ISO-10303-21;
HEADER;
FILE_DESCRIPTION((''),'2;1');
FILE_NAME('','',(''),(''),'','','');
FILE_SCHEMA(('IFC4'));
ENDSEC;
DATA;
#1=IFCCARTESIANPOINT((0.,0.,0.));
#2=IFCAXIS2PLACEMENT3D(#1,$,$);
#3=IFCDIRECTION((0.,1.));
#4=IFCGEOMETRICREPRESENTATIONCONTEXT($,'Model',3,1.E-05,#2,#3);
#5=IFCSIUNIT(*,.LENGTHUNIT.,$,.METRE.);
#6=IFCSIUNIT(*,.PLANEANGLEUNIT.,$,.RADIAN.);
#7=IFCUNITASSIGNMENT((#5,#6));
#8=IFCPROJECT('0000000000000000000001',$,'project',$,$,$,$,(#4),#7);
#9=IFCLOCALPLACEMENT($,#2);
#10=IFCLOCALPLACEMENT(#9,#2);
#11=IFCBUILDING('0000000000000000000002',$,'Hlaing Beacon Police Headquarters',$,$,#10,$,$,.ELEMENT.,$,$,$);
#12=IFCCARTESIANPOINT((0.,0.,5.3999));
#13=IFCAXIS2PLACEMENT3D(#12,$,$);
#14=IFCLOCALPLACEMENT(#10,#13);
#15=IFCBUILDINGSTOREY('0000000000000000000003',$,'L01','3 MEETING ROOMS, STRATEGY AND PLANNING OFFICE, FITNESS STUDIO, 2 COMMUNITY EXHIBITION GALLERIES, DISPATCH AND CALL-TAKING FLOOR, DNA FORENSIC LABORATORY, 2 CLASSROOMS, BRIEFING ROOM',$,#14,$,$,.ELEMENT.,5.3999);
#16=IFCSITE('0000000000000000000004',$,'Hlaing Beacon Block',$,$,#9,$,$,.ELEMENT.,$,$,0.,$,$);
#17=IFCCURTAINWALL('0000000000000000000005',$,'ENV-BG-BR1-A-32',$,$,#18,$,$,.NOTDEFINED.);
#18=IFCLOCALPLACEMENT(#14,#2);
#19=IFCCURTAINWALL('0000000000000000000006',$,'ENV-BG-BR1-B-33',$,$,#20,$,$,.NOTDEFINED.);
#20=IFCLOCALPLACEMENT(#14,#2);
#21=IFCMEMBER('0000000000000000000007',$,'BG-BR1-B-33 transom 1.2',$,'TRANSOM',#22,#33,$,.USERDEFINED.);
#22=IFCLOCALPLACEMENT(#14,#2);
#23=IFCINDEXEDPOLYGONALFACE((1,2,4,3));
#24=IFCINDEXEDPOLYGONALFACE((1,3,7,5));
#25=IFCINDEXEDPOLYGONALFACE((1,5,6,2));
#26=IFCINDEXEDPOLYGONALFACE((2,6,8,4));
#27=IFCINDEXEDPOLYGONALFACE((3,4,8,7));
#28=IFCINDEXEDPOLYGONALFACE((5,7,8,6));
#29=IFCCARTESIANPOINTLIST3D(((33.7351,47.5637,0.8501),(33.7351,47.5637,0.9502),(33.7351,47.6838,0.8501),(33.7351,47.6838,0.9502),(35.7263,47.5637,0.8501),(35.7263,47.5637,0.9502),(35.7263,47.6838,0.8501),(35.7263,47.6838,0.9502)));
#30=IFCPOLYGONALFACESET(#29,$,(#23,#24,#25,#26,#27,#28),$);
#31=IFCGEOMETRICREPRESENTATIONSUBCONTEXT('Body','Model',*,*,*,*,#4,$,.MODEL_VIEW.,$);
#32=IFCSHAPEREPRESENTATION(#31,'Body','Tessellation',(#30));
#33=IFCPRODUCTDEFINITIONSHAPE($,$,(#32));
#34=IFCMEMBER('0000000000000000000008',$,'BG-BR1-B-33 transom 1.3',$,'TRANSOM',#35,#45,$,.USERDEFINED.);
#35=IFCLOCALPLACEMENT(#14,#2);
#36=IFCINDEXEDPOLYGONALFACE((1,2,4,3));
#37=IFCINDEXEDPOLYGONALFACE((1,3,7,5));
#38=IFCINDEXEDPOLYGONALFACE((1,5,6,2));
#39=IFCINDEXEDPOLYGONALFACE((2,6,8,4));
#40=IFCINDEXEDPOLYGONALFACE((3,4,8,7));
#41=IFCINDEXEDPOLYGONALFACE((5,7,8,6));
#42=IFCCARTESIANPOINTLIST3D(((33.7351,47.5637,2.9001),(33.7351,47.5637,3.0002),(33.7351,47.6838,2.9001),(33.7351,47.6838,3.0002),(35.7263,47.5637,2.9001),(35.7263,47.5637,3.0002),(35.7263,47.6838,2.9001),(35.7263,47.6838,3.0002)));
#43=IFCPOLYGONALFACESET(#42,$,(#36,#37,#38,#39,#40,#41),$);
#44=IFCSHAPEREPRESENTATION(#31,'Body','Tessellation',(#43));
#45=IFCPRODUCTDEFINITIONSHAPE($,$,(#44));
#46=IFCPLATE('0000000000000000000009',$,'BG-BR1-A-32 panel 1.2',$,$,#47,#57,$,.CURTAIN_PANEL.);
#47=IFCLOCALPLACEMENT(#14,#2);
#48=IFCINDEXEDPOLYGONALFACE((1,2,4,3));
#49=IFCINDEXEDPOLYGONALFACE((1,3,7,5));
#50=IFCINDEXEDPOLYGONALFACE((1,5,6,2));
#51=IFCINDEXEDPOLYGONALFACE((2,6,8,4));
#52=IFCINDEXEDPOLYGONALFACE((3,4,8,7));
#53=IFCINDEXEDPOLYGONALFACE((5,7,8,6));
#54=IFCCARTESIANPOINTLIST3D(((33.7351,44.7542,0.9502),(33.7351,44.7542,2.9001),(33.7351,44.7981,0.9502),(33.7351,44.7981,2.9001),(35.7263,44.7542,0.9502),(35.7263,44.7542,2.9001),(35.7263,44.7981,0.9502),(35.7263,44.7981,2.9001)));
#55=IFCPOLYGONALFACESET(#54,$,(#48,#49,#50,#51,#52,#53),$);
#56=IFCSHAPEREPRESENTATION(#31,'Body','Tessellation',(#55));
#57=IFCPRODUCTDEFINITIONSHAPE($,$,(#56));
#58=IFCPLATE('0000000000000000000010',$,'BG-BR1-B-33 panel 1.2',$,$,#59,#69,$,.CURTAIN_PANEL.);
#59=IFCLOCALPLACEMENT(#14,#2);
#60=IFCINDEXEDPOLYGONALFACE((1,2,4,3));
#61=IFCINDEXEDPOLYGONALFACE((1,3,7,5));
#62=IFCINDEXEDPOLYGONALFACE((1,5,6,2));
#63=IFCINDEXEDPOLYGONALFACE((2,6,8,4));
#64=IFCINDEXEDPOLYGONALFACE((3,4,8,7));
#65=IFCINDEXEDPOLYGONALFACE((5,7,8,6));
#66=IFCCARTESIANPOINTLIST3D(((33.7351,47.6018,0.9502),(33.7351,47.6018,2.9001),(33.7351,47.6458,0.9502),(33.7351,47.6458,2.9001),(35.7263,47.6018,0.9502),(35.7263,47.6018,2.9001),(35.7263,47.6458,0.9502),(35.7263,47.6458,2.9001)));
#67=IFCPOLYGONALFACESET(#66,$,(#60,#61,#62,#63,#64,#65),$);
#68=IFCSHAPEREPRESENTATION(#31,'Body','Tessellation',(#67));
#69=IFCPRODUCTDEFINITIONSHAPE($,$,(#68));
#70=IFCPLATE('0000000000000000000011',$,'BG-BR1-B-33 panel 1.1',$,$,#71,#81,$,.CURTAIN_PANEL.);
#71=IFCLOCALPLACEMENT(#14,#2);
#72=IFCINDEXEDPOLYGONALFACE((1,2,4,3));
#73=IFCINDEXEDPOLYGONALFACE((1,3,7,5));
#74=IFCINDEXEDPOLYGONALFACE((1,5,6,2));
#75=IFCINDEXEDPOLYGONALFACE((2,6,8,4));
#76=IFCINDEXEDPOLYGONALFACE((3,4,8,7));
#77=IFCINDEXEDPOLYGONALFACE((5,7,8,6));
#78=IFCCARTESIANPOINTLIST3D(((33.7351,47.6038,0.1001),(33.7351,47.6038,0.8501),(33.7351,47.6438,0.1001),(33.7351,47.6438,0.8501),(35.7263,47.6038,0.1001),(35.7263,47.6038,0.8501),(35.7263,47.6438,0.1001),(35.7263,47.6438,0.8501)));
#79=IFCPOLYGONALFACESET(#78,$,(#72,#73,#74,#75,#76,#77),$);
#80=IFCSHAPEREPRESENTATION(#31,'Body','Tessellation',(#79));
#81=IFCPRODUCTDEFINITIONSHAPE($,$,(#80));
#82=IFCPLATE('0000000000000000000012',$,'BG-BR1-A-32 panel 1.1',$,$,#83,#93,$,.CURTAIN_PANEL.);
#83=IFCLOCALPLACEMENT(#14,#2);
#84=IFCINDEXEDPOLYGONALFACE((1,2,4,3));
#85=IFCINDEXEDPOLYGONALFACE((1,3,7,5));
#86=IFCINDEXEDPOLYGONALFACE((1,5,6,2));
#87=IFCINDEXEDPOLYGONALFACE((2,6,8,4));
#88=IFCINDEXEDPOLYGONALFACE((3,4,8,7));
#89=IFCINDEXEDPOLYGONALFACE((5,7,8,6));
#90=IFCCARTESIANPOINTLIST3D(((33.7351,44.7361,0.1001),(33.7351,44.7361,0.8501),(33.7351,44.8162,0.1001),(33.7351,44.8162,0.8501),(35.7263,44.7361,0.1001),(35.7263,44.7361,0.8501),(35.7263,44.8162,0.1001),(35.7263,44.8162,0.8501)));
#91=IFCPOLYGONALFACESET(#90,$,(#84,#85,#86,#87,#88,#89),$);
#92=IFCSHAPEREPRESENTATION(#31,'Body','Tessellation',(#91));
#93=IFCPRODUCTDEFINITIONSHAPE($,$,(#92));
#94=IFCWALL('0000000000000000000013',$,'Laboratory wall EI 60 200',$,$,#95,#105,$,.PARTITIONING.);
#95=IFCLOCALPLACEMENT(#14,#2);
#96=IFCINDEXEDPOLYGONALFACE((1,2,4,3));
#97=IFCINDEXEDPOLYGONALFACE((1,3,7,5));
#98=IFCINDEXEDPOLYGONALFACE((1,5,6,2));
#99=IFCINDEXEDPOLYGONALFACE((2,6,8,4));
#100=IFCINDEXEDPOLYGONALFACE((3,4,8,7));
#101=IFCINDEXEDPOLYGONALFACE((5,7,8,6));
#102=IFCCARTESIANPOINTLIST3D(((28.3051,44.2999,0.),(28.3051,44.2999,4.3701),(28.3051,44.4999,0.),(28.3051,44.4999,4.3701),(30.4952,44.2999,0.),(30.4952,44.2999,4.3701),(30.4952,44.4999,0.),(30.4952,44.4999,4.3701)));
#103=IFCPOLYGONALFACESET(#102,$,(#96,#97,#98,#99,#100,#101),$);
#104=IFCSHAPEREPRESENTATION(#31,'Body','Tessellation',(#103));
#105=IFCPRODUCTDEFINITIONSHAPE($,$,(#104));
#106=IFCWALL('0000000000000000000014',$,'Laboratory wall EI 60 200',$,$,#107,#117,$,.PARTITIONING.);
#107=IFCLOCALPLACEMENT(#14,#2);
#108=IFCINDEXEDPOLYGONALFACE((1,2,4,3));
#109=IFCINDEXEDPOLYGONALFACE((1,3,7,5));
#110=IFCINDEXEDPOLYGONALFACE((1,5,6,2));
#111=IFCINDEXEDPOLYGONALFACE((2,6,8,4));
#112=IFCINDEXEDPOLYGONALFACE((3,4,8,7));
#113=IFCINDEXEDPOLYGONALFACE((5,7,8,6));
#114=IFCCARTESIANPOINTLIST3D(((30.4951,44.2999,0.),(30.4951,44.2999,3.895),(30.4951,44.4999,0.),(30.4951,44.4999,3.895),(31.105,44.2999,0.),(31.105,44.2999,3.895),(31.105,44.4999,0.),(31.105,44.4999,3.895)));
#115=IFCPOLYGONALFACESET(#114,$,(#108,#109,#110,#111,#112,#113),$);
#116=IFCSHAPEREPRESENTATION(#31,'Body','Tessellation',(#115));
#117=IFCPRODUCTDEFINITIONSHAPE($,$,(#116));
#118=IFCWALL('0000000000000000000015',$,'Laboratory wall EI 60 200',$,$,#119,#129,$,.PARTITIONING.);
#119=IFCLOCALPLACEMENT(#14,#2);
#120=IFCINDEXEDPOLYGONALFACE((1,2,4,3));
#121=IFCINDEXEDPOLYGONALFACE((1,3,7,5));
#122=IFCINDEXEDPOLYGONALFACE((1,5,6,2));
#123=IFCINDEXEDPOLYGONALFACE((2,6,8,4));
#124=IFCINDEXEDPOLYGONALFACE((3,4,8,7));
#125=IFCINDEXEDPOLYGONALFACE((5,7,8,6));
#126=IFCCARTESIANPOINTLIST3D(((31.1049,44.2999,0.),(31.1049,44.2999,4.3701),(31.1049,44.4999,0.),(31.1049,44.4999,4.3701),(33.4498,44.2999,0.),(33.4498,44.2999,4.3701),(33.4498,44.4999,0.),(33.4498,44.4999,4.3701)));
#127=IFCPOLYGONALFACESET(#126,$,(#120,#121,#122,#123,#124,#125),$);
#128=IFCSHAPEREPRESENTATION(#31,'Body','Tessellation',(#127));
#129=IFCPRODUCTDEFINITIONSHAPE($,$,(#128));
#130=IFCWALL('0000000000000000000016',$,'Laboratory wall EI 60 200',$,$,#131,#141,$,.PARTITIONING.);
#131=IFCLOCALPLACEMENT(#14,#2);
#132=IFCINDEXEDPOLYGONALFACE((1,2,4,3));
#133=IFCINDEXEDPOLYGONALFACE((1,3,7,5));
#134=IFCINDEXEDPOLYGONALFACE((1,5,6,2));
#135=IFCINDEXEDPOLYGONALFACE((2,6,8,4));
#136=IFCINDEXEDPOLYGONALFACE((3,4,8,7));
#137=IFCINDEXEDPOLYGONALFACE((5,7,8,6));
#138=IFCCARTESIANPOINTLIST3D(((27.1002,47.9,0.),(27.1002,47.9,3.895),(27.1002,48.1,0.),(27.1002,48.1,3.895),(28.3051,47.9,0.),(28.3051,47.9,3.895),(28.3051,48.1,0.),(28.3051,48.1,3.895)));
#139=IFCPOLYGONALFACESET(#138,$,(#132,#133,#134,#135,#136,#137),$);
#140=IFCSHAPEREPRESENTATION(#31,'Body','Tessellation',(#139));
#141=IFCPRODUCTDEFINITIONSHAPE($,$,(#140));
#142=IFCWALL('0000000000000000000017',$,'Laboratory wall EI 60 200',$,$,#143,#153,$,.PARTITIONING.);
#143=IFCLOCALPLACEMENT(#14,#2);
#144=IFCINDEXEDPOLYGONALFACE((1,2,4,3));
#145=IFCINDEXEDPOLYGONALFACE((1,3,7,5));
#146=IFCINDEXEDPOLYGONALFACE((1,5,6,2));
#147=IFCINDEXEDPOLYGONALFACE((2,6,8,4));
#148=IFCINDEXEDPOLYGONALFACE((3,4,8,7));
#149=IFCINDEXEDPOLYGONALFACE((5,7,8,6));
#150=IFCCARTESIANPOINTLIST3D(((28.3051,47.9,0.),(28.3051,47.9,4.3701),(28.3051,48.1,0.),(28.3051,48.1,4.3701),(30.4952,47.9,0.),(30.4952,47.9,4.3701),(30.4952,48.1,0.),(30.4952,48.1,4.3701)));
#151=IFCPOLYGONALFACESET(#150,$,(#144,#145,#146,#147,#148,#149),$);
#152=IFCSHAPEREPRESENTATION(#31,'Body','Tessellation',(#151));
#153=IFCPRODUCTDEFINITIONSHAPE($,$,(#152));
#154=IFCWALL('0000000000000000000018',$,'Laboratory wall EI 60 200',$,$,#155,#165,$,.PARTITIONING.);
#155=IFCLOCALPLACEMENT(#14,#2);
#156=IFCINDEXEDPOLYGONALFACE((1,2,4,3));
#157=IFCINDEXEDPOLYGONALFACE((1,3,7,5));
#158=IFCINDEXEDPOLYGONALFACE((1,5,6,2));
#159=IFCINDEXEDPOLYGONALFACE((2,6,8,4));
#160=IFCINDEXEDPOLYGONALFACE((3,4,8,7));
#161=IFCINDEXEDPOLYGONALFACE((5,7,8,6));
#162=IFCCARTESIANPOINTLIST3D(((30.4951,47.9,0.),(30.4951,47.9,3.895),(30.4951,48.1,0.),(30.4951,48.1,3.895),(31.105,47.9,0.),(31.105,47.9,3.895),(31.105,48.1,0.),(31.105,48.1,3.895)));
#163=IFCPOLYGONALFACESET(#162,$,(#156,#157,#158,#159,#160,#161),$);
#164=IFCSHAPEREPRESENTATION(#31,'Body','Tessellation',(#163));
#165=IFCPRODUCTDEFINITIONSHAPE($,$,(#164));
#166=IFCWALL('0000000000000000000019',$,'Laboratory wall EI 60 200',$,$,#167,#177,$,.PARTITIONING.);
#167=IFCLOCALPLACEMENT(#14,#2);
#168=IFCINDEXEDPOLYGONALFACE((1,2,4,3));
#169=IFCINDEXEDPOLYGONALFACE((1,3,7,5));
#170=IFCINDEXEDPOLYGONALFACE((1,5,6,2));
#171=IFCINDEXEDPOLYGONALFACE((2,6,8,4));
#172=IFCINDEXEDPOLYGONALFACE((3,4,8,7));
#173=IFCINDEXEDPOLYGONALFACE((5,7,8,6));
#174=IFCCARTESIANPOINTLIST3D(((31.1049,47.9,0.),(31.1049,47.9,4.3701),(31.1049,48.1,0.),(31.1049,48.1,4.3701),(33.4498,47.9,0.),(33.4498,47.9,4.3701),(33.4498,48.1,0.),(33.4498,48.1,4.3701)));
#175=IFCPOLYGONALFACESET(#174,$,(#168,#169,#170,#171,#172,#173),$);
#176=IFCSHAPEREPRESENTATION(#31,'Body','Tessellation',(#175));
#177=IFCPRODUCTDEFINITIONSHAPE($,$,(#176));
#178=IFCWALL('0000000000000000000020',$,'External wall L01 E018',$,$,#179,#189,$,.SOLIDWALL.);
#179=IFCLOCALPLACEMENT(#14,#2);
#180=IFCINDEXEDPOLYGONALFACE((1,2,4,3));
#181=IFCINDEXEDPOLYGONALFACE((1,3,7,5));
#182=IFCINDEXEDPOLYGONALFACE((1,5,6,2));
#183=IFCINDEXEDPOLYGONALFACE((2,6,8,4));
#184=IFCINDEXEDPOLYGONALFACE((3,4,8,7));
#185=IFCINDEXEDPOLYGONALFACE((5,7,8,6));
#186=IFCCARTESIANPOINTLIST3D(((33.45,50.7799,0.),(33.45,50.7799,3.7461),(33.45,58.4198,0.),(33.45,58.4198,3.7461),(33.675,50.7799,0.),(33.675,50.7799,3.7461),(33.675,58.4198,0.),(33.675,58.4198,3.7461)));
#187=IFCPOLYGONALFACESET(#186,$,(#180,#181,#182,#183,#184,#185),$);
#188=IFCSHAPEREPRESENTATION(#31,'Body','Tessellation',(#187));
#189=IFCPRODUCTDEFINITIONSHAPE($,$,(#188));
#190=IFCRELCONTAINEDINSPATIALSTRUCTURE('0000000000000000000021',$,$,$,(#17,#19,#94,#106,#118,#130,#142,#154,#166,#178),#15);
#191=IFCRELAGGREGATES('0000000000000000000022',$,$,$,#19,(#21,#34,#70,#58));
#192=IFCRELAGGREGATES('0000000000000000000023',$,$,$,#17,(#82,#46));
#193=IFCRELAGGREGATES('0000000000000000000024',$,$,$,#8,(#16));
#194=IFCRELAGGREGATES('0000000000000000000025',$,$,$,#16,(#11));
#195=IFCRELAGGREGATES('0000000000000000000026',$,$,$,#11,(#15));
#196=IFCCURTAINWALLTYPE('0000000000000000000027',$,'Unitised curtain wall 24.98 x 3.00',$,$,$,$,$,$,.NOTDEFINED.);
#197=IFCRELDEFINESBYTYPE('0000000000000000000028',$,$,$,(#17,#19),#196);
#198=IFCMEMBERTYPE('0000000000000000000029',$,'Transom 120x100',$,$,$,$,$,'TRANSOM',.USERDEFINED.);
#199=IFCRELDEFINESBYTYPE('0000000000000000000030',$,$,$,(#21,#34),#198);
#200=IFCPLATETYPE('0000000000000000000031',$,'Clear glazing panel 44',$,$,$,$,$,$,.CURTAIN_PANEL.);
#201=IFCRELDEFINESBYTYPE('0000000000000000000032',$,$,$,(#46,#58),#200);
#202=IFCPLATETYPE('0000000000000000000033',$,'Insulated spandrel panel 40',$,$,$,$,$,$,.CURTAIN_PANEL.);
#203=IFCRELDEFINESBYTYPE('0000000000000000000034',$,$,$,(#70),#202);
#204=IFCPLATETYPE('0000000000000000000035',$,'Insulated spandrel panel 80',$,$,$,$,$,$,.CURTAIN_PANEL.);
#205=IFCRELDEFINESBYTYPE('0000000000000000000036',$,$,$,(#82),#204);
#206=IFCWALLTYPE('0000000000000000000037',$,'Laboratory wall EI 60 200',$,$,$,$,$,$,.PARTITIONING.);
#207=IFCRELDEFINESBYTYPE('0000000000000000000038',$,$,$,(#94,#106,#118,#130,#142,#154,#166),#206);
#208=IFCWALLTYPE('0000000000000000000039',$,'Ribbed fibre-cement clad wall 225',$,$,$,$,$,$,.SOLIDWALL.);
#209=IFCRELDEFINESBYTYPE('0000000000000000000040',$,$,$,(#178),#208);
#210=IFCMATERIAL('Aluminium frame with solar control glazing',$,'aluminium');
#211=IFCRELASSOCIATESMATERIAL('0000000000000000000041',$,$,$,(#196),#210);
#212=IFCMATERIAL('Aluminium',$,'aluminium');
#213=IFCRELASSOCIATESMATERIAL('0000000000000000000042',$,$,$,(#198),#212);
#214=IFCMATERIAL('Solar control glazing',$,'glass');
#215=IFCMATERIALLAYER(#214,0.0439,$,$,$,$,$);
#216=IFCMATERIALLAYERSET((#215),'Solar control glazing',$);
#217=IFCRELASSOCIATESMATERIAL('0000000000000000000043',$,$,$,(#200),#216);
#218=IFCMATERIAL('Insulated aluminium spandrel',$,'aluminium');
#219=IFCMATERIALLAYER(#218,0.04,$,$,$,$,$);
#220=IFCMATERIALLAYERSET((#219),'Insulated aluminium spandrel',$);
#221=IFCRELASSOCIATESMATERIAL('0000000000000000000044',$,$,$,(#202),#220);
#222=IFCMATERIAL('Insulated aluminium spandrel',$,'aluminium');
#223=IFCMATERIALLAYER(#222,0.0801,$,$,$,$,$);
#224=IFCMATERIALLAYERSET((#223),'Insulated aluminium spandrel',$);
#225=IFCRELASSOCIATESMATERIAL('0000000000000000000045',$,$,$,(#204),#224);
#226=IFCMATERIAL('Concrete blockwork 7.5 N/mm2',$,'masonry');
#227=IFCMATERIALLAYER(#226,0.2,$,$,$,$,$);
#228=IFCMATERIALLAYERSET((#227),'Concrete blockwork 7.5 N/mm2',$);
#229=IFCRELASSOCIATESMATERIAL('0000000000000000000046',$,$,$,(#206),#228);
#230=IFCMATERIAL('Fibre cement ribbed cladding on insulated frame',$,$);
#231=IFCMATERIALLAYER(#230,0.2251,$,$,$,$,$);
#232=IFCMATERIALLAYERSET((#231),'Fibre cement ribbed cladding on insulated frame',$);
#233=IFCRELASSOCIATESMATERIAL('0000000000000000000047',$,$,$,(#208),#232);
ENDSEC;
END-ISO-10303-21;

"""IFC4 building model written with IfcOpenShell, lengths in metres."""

from ifc_helpers import new_model, si_unit, direction, frame, frame_2d, origin, origin_2d, place, context, subcontext, project, spatial, rectangle, extrude, material, layer, layer_set, material_profile, profile_set, type_object, element, aggregate, save


model = new_model("IFC4")

# Units and contexts
model_context = context("Model", 3, precision=1e-05, world=origin(), true_north=direction((0.0, 1.0)))
body_context = subcontext(model_context, "Body", "Model", "MODEL_VIEW")
ifc_project = project(units=[si_unit("LENGTHUNIT", "METRE"), si_unit("PLANEANGLEUNIT", "RADIAN")], contexts=[model_context])

# Site, building, storey
site_placement = place(None, origin())
site = spatial("IfcSite", under=ifc_project, at=site_placement, Name="Hlaing Beacon Block", CompositionType="ELEMENT", RefElevation=0.0)
building_placement = place(site_placement, origin())
building = spatial("IfcBuilding", under=site, at=building_placement, Name="Hlaing Beacon Police Headquarters", CompositionType="ELEMENT")
storey_placement = place(building_placement, frame((0.0, 0.0, 5.3999)))
storey = spatial("IfcBuildingStorey", under=building, at=storey_placement, Name="L01", Description="3 MEETING ROOMS, STRATEGY AND PLANNING OFFICE, FITNESS STUDIO, 2 COMMUNITY EXHIBITION GALLERIES, DISPATCH AND CALL-TAKING FLOOR, DNA FORENSIC LABORATORY, 2 CLASSROOMS, BRIEFING ROOM", CompositionType="ELEMENT", Elevation=5.3999)

# Curtain wall
ifc_material_1 = material(Name="Aluminium frame with solar control glazing", Category="aluminium")
curtain_wall_type = type_object("IfcCurtainWallType", Name="Unitised curtain wall 24.98 x 3.00", PredefinedType="NOTDEFINED", material=ifc_material_1)
curtain_wall_1_placement = place(storey_placement, origin())
curtain_wall_1 = element("IfcCurtainWall", 1, at=curtain_wall_1_placement, inside=storey, type_object=curtain_wall_type, Name="ENV-BG-BR1-A-32", PredefinedType="NOTDEFINED")

# Curtain wall
curtain_wall_2_placement = place(storey_placement, origin())
curtain_wall_2 = element("IfcCurtainWall", 2, at=curtain_wall_2_placement, inside=storey, type_object=curtain_wall_type, Name="ENV-BG-BR1-B-33", PredefinedType="NOTDEFINED")

# Members
ifc_material_2 = material(Name="Aluminium", Category="aluminium")
ifc_material_profile_1 = material_profile(ifc_material_2, rectangle(XDim=0.1201, YDim=0.1001, at=origin_2d()), Name="Transom 120x100")
ifc_profile_set_1 = profile_set([ifc_material_profile_1], Name="Aluminium")
member_type_1 = type_object("IfcMemberType", Name="Transom 120x100", ElementType="TRANSOM", PredefinedType="USERDEFINED", material=ifc_profile_set_1)
member_1_placement = place(storey_placement, frame((33.7351, 47.6238, 0.9001), z_axis=(1.0, 0.0, 0.0), x_axis=(0.0, 1.0, 0.0)))
member_1 = element("IfcMember", 3, at=member_1_placement, type_object=member_type_1, Name="BG-BR1-B-33 transom 1.2", ObjectType="TRANSOM", PredefinedType="USERDEFINED", context=body_context, shape_type="SweptSolid", body=[
    extrude(rectangle(XDim=0.1201, YDim=0.1001, at=origin_2d()), origin(), (0.0, 0.0, 1.0), 1.9912),
])
member_2_placement = place(storey_placement, frame((33.7351, 47.6238, 2.9502), z_axis=(1.0, 0.0, 0.0), x_axis=(0.0, 1.0, 0.0)))
member_2 = element("IfcMember", 4, at=member_2_placement, type_object=member_type_1, Name="BG-BR1-B-33 transom 1.3", ObjectType="TRANSOM", PredefinedType="USERDEFINED", context=body_context, shape_type="SweptSolid", body=[
    extrude(rectangle(XDim=0.1201, YDim=0.1001, at=origin_2d()), origin(), (0.0, 0.0, 1.0), 1.9912),
])

# Plates
ifc_material_3 = material(Name="Solar control glazing", Category="glass")
ifc_layer_1 = layer(ifc_material_3, 0.0439)
ifc_layer_set_1 = layer_set([ifc_layer_1], Name="Solar control glazing")
plate_type_1 = type_object("IfcPlateType", Name="Clear glazing panel 44", PredefinedType="CURTAIN_PANEL", material=ifc_layer_set_1)
plate_1_placement = place(storey_placement, frame((34.7307, 44.7761, 0.9502), z_axis=(0.0, 0.0, 1.0), x_axis=(1.0, 0.0, 0.0)))
plate_1 = element("IfcPlate", 5, at=plate_1_placement, type_object=plate_type_1, Name="BG-BR1-A-32 panel 1.2", PredefinedType="CURTAIN_PANEL", context=body_context, shape_type="SweptSolid", body=[
    extrude(rectangle(XDim=1.9912, YDim=0.0439, at=origin_2d()), origin(), (0.0, 0.0, 1.0), 1.95),
])
plate_2_placement = place(storey_placement, frame((34.7307, 47.6238, 0.9502), z_axis=(0.0, 0.0, 1.0), x_axis=(1.0, 0.0, 0.0)))
plate_2 = element("IfcPlate", 6, at=plate_2_placement, type_object=plate_type_1, Name="BG-BR1-B-33 panel 1.2", PredefinedType="CURTAIN_PANEL", context=body_context, shape_type="SweptSolid", body=[
    extrude(rectangle(XDim=1.9912, YDim=0.0439, at=origin_2d()), origin(), (0.0, 0.0, 1.0), 1.95),
])
ifc_material_4 = material(Name="Insulated aluminium spandrel", Category="aluminium")
ifc_layer_2 = layer(ifc_material_4, 0.04)
ifc_layer_set_2 = layer_set([ifc_layer_2], Name="Insulated aluminium spandrel")
plate_type_2 = type_object("IfcPlateType", Name="Insulated spandrel panel 40", PredefinedType="CURTAIN_PANEL", material=ifc_layer_set_2)
plate_3_placement = place(storey_placement, frame((34.7307, 47.6238, 0.1001), z_axis=(0.0, 0.0, 1.0), x_axis=(1.0, 0.0, 0.0)))
plate_3 = element("IfcPlate", 7, at=plate_3_placement, type_object=plate_type_2, Name="BG-BR1-B-33 panel 1.1", PredefinedType="CURTAIN_PANEL", context=body_context, shape_type="SweptSolid", body=[
    extrude(rectangle(XDim=1.9912, YDim=0.04, at=origin_2d()), origin(), (0.0, 0.0, 1.0), 0.75),
])
aggregate(curtain_wall_2, [member_1, member_2, plate_3, plate_2])
ifc_material_5 = material(Name="Insulated aluminium spandrel", Category="aluminium")
ifc_layer_3 = layer(ifc_material_5, 0.0801)
ifc_layer_set_3 = layer_set([ifc_layer_3], Name="Insulated aluminium spandrel")
plate_type_3 = type_object("IfcPlateType", Name="Insulated spandrel panel 80", PredefinedType="CURTAIN_PANEL", material=ifc_layer_set_3)
plate_4_placement = place(storey_placement, frame((34.7307, 44.7761, 0.1001), z_axis=(0.0, 0.0, 1.0), x_axis=(1.0, 0.0, 0.0)))
plate_4 = element("IfcPlate", 8, at=plate_4_placement, type_object=plate_type_3, Name="BG-BR1-A-32 panel 1.1", PredefinedType="CURTAIN_PANEL", context=body_context, shape_type="SweptSolid", body=[
    extrude(rectangle(XDim=1.9912, YDim=0.0801, at=origin_2d()), origin(), (0.0, 0.0, 1.0), 0.75),
])
aggregate(curtain_wall_1, [plate_4, plate_1])

# Walls
ifc_material_6 = material(Name="Concrete blockwork 7.5 N/mm2", Category="masonry")
ifc_layer_4 = layer(ifc_material_6, 0.2)
ifc_layer_set_4 = layer_set([ifc_layer_4], Name="Concrete blockwork 7.5 N/mm2")
wall_type_1 = type_object("IfcWallType", Name="Laboratory wall EI 60 200", PredefinedType="PARTITIONING", material=ifc_layer_set_4)
wall_1_placement = place(storey_placement, frame((28.3049, 44.3999, 0.0), z_axis=(0.0, 0.0, 1.0), x_axis=(1.0, 0.0, 0.0)))
element("IfcWall", 9, at=wall_1_placement, inside=storey, type_object=wall_type_1, Name="Laboratory wall EI 60 200", PredefinedType="PARTITIONING", context=body_context, shape_type="SweptSolid", body=[
    extrude(rectangle(XDim=2.1902, YDim=0.2, at=frame_2d((1.0952, 0.0))), origin(), (0.0, 0.0, 1.0), 4.3701),
])
wall_2_placement = place(storey_placement, frame((30.4951, 44.3999, 0.0), z_axis=(0.0, 0.0, 1.0), x_axis=(1.0, 0.0, 0.0)))
element("IfcWall", 10, at=wall_2_placement, inside=storey, type_object=wall_type_1, Name="Laboratory wall EI 60 200", PredefinedType="PARTITIONING", context=body_context, shape_type="SweptSolid", body=[
    extrude(rectangle(XDim=0.6099, YDim=0.2, at=frame_2d((0.3049, 0.0))), origin(), (0.0, 0.0, 1.0), 3.895),
])
wall_3_placement = place(storey_placement, frame((31.105, 44.3999, 0.0), z_axis=(0.0, 0.0, 1.0), x_axis=(1.0, 0.0, 0.0)))
element("IfcWall", 11, at=wall_3_placement, inside=storey, type_object=wall_type_1, Name="Laboratory wall EI 60 200", PredefinedType="PARTITIONING", context=body_context, shape_type="SweptSolid", body=[
    extrude(rectangle(XDim=2.345, YDim=0.2, at=frame_2d((1.1724, 0.0))), origin(), (0.0, 0.0, 1.0), 4.3701),
])
wall_4_placement = place(storey_placement, frame((27.1001, 48.0, 0.0), z_axis=(0.0, 0.0, 1.0), x_axis=(1.0, 0.0, 0.0)))
element("IfcWall", 12, at=wall_4_placement, inside=storey, type_object=wall_type_1, Name="Laboratory wall EI 60 200", PredefinedType="PARTITIONING", context=body_context, shape_type="SweptSolid", body=[
    extrude(rectangle(XDim=1.2048, YDim=0.2, at=frame_2d((0.6025, 0.0))), origin(), (0.0, 0.0, 1.0), 3.895),
])
wall_5_placement = place(storey_placement, frame((28.3049, 48.0, 0.0), z_axis=(0.0, 0.0, 1.0), x_axis=(1.0, 0.0, 0.0)))
element("IfcWall", 13, at=wall_5_placement, inside=storey, type_object=wall_type_1, Name="Laboratory wall EI 60 200", PredefinedType="PARTITIONING", context=body_context, shape_type="SweptSolid", body=[
    extrude(rectangle(XDim=2.1902, YDim=0.2, at=frame_2d((1.0952, 0.0))), origin(), (0.0, 0.0, 1.0), 4.3701),
])
wall_6_placement = place(storey_placement, frame((30.4951, 48.0, 0.0), z_axis=(0.0, 0.0, 1.0), x_axis=(1.0, 0.0, 0.0)))
element("IfcWall", 14, at=wall_6_placement, inside=storey, type_object=wall_type_1, Name="Laboratory wall EI 60 200", PredefinedType="PARTITIONING", context=body_context, shape_type="SweptSolid", body=[
    extrude(rectangle(XDim=0.6099, YDim=0.2, at=frame_2d((0.3049, 0.0))), origin(), (0.0, 0.0, 1.0), 3.895),
])
wall_7_placement = place(storey_placement, frame((31.105, 48.0, 0.0), z_axis=(0.0, 0.0, 1.0), x_axis=(1.0, 0.0, 0.0)))
element("IfcWall", 15, at=wall_7_placement, inside=storey, type_object=wall_type_1, Name="Laboratory wall EI 60 200", PredefinedType="PARTITIONING", context=body_context, shape_type="SweptSolid", body=[
    extrude(rectangle(XDim=2.345, YDim=0.2, at=frame_2d((1.1724, 0.0))), origin(), (0.0, 0.0, 1.0), 4.3701),
])
ifc_material_7 = material(Name="Fibre cement ribbed cladding on insulated frame")
ifc_layer_5 = layer(ifc_material_7, 0.2251)
ifc_layer_set_5 = layer_set([ifc_layer_5], Name="Fibre cement ribbed cladding on insulated frame")
wall_type_2 = type_object("IfcWallType", Name="Ribbed fibre-cement clad wall 225", PredefinedType="SOLIDWALL", material=ifc_layer_set_5)
wall_8_placement = place(storey_placement, frame((33.5625, 50.78, 0.0), z_axis=(0.0, 0.0, 1.0), x_axis=(0.0, 1.0, 0.0)))
element("IfcWall", 16, at=wall_8_placement, inside=storey, type_object=wall_type_2, Name="External wall L01 E018", PredefinedType="SOLIDWALL", context=body_context, shape_type="SweptSolid", body=[
    extrude(rectangle(XDim=7.6399, YDim=0.2251, at=frame_2d((3.8198, 0.0))), origin(), (0.0, 0.0, 1.0), 3.7461),
])

save(model, "model.ifc")
